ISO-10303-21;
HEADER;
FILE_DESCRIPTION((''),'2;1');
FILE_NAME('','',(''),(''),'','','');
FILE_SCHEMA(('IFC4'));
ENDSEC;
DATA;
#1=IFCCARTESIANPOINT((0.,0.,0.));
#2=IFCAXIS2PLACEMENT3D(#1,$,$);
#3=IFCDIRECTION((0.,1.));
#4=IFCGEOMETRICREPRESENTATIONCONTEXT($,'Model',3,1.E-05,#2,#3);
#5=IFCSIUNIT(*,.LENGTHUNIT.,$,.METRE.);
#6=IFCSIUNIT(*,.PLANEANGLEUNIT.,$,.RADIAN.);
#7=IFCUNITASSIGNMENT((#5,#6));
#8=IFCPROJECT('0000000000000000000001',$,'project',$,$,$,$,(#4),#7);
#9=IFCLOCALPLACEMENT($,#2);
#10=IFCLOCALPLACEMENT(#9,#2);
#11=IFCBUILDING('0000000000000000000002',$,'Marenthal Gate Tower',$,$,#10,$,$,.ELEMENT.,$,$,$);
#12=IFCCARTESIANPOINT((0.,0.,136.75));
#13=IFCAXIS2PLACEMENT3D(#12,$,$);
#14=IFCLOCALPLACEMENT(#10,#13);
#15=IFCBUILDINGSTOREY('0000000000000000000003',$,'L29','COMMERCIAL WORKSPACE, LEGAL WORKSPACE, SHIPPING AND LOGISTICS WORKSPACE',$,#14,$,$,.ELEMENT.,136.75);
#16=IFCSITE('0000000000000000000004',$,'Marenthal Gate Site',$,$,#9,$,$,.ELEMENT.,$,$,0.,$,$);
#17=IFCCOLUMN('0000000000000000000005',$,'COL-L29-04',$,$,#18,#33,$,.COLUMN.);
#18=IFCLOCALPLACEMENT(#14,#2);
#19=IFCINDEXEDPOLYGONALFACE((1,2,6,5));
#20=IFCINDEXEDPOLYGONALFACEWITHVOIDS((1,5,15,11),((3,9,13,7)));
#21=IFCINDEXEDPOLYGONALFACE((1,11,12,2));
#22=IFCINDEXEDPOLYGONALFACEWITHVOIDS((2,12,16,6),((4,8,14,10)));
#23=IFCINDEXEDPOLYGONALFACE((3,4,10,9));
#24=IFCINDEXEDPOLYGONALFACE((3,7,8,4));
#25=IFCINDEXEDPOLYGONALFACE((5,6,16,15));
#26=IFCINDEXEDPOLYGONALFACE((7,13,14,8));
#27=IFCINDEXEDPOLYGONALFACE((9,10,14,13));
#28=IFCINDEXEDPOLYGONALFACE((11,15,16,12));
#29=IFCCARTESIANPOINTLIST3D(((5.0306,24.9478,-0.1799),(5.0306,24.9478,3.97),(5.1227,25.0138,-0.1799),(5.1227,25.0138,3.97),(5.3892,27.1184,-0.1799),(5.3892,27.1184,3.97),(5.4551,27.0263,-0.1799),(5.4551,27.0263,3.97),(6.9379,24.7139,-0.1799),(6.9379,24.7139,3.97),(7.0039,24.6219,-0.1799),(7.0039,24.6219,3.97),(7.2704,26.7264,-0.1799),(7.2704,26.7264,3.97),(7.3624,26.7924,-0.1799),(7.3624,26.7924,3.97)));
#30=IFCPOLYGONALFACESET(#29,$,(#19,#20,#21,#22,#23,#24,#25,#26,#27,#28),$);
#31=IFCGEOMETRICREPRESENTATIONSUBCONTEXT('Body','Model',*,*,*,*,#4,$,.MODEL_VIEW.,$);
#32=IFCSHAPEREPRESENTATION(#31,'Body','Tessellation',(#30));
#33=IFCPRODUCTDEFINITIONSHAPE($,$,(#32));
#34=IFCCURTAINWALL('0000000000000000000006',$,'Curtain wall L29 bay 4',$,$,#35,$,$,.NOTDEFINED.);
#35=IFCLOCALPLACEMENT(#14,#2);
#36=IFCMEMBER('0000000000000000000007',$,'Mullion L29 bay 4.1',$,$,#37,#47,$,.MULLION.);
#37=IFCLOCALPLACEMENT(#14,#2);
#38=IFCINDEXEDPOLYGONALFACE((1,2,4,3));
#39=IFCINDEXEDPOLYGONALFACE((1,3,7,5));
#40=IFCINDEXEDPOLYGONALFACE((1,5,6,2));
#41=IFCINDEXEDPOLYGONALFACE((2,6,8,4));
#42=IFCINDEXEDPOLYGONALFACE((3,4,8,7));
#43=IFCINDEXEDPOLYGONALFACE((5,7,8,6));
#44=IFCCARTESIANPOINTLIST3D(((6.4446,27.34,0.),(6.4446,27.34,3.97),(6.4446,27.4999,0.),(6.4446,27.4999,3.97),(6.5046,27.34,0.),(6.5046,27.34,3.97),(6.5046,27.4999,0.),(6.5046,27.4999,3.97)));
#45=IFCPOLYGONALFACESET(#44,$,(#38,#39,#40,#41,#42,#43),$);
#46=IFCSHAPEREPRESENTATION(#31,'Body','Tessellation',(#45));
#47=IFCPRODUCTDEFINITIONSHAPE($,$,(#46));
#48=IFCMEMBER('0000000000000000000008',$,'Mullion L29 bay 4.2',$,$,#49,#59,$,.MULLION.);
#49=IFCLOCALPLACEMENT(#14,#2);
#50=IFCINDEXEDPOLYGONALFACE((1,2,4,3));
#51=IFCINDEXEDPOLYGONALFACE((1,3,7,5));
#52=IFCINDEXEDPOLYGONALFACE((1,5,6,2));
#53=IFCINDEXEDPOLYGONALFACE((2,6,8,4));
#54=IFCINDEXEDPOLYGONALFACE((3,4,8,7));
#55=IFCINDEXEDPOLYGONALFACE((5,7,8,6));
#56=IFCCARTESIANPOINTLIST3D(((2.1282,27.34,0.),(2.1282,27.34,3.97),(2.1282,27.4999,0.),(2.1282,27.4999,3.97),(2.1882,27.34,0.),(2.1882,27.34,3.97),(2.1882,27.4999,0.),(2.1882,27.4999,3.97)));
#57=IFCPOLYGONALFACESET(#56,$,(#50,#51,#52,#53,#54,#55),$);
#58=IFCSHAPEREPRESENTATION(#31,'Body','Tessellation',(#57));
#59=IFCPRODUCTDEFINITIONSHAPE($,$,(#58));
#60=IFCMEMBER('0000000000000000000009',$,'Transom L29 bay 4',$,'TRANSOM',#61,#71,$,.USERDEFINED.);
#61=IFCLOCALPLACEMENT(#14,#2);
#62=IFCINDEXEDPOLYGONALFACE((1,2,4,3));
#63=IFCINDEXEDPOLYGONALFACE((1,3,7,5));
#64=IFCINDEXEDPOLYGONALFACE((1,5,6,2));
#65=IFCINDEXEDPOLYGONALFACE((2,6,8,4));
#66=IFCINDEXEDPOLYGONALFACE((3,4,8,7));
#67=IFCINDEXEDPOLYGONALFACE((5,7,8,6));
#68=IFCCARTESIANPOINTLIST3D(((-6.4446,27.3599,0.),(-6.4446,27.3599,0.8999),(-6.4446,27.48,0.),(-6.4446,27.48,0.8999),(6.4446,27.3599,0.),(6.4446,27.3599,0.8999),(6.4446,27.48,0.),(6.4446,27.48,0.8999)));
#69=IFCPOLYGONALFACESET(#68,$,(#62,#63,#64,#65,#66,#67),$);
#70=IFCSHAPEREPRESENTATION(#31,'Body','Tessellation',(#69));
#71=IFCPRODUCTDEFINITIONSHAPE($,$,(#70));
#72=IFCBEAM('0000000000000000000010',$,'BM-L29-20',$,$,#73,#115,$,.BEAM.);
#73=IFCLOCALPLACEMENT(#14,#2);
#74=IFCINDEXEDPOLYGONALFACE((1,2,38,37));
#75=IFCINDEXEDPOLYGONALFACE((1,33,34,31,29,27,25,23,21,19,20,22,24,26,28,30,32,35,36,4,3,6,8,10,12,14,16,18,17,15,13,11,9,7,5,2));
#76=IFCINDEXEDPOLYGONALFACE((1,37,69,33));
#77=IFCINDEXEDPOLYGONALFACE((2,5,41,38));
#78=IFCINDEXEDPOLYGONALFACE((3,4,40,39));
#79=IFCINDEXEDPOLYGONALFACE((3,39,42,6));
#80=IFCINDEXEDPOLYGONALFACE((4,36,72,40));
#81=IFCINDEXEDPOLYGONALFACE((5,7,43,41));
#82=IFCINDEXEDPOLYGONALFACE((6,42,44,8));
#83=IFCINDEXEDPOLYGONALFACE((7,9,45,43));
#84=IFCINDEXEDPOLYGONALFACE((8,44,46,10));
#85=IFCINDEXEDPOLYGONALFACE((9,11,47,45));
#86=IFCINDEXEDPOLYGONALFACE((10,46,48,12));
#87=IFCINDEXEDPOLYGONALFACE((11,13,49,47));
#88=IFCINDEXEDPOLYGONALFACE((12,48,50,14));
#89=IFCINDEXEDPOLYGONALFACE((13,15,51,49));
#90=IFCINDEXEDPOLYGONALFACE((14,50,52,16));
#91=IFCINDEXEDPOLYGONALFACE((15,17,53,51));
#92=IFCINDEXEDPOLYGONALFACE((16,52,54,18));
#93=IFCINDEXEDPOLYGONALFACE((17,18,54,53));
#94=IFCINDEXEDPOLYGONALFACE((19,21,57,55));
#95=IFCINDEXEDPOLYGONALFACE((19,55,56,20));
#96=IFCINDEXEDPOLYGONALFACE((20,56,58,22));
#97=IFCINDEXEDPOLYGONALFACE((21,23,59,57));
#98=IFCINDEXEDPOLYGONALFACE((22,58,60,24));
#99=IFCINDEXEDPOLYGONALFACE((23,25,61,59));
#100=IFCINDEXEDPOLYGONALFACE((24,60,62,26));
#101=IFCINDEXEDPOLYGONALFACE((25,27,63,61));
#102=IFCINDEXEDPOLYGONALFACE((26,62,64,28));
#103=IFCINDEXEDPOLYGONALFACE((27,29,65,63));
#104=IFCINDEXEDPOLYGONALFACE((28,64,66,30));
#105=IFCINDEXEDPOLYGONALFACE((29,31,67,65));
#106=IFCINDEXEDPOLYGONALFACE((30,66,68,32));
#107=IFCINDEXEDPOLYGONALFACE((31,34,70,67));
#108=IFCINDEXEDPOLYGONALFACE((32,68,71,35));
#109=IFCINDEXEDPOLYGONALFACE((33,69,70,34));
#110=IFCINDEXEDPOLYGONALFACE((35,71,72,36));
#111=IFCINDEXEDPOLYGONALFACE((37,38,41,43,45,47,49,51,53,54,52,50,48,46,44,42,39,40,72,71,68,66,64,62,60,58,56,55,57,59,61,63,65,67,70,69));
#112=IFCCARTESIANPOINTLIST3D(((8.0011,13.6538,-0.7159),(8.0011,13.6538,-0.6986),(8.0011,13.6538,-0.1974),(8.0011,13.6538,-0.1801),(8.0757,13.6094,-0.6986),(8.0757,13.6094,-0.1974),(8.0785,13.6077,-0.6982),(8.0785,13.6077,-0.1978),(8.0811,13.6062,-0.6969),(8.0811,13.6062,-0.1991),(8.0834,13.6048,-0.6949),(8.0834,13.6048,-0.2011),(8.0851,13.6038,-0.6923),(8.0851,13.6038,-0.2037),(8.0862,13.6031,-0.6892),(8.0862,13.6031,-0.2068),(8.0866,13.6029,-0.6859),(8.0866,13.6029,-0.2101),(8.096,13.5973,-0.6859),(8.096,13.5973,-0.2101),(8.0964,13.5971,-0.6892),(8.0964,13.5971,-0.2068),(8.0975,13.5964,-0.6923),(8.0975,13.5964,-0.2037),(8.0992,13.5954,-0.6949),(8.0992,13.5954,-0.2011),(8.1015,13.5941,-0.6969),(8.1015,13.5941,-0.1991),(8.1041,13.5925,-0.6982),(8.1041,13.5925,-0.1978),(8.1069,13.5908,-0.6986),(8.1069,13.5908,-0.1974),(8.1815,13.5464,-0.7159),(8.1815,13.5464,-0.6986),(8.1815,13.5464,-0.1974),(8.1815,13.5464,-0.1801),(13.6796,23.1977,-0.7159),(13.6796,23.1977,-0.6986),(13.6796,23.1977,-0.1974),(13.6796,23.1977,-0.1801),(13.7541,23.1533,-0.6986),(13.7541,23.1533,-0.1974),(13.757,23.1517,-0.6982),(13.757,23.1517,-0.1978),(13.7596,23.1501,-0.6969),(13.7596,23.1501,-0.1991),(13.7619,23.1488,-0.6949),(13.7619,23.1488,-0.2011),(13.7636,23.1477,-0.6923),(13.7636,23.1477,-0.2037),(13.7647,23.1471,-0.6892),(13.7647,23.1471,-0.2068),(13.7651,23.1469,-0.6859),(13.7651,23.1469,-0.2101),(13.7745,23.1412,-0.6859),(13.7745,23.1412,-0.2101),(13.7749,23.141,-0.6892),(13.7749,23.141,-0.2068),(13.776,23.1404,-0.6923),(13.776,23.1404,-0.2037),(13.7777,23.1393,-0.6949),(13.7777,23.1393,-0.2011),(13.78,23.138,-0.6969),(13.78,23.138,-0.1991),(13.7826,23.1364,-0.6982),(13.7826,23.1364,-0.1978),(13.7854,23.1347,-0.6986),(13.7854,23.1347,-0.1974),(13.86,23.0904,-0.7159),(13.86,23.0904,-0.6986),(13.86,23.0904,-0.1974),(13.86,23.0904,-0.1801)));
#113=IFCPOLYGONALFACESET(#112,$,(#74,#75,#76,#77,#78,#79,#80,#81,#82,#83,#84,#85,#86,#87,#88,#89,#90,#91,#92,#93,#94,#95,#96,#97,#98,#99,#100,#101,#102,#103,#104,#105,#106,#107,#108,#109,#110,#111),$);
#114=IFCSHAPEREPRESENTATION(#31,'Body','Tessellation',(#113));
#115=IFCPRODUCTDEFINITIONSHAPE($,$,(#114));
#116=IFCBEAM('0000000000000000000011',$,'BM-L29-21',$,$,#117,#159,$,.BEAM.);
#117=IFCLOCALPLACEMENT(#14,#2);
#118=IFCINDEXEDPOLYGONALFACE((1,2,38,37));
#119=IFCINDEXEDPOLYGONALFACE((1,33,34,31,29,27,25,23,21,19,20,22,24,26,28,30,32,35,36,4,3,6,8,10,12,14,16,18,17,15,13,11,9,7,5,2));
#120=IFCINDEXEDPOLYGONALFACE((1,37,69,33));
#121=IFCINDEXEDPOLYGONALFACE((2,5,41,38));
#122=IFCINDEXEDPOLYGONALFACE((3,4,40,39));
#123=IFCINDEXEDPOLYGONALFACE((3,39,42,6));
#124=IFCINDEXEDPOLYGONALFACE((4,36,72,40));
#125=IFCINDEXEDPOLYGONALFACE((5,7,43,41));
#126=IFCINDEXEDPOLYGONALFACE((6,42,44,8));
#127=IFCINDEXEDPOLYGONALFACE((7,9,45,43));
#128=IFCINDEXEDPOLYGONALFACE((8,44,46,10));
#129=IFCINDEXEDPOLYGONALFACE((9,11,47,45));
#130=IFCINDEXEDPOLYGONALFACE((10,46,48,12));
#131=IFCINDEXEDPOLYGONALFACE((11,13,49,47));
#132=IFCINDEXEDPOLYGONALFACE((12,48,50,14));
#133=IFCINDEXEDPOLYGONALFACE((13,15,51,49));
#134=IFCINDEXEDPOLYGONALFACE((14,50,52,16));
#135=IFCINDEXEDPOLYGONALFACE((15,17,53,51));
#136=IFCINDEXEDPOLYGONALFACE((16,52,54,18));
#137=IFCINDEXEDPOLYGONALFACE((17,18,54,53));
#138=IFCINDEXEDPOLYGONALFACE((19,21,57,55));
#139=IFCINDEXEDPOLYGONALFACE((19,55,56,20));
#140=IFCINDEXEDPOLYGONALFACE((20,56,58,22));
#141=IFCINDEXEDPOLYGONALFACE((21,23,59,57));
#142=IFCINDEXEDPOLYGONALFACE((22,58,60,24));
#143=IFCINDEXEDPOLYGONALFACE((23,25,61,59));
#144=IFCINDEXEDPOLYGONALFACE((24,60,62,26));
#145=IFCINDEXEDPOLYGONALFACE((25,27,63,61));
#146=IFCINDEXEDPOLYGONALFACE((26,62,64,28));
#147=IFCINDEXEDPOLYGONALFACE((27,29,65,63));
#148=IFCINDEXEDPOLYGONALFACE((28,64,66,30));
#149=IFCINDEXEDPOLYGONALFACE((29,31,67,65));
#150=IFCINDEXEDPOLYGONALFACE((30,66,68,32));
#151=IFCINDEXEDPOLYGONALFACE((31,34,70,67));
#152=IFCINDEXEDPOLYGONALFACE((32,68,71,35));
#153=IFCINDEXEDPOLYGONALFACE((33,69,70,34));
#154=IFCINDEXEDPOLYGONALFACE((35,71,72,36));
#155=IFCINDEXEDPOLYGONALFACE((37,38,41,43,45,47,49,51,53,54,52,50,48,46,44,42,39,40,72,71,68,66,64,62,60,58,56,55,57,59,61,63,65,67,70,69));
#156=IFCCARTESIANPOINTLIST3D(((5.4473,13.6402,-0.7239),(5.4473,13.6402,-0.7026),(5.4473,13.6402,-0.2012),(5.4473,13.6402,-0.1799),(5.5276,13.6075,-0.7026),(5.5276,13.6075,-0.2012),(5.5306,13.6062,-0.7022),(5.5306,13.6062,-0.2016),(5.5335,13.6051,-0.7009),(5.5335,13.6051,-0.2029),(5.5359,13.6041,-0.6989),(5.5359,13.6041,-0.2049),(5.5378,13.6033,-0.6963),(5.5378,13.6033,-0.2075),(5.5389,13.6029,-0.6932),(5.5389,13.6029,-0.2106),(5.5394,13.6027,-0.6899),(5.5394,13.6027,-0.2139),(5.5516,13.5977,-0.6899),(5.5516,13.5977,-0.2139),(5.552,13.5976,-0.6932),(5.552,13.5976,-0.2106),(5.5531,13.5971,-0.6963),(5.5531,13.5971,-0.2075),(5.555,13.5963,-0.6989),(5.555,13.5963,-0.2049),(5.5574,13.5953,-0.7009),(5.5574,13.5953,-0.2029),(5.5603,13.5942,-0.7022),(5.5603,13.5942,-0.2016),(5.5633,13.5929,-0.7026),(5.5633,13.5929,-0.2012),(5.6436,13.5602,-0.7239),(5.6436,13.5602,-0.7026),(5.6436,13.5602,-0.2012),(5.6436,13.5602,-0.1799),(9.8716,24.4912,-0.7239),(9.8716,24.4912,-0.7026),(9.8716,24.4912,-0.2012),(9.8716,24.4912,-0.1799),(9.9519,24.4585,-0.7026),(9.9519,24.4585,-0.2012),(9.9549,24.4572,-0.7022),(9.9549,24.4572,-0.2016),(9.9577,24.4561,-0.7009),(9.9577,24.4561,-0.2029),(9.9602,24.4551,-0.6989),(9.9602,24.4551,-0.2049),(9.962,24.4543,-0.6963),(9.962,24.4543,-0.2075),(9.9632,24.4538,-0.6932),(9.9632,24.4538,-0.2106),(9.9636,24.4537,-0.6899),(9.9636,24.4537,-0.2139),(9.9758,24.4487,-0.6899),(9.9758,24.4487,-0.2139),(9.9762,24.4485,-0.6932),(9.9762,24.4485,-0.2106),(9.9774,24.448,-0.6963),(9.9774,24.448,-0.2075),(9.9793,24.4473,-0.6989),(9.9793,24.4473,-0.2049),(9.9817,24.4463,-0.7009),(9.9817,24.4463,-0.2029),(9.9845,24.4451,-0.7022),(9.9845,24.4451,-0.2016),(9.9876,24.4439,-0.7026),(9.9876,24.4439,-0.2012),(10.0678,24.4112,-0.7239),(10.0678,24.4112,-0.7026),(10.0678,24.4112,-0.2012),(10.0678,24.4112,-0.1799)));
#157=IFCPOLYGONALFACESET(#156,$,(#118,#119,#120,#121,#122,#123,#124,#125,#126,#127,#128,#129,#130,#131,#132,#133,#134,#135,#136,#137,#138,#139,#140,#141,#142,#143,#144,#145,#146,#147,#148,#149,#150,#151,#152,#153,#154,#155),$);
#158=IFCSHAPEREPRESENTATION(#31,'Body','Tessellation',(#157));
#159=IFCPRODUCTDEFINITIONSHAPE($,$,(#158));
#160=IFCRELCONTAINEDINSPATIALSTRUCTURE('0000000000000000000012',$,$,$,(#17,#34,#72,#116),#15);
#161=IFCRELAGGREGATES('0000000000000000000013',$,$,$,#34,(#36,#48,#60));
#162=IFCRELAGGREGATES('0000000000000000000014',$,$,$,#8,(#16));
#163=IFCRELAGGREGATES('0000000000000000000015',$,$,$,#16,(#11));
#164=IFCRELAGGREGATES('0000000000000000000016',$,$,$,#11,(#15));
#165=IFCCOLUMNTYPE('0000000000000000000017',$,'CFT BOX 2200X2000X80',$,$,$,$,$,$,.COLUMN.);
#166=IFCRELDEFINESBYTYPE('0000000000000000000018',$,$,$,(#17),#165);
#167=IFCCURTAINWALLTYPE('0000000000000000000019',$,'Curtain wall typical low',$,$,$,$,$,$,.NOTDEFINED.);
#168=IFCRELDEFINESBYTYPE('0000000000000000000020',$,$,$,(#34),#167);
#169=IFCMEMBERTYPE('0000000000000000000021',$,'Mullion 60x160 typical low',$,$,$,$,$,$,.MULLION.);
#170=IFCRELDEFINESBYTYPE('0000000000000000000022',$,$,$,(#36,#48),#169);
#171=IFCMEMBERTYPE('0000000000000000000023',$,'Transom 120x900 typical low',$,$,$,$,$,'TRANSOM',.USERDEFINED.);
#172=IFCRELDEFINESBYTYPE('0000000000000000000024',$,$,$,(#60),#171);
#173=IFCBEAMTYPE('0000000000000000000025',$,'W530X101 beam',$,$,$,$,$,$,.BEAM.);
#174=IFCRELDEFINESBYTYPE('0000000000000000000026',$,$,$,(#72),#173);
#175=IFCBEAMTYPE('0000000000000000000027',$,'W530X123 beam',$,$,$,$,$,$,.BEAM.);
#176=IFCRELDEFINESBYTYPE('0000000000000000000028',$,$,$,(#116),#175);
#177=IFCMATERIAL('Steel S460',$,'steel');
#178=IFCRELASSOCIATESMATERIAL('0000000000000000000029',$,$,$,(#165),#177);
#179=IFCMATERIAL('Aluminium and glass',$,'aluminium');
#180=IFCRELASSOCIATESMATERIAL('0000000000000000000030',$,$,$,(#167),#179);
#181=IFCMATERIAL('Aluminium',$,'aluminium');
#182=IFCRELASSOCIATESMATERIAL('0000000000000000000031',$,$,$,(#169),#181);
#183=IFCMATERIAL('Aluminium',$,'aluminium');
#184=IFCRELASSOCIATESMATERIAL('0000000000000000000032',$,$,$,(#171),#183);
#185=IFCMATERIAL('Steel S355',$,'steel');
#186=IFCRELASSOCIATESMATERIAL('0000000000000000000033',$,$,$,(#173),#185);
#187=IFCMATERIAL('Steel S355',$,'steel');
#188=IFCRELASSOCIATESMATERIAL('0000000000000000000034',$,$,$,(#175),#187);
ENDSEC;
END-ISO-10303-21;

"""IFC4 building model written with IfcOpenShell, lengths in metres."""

from ifc_helpers import new_model, si_unit, direction, frame, origin, origin_2d, place, context, subcontext, project, spatial, rectangle, hollow_rectangle, i_section, extrude, material, material_profile, profile_set, type_object, element, aggregate, save


model = new_model("IFC4")

# Units and contexts
model_context = context("Model", 3, precision=1e-05, world=origin(), true_north=direction((0.0, 1.0)))
body_context = subcontext(model_context, "Body", "Model", "MODEL_VIEW")
ifc_project = project(units=[si_unit("LENGTHUNIT", "METRE"), si_unit("PLANEANGLEUNIT", "RADIAN")], contexts=[model_context])

# Site, building, storey
site_placement = place(None, origin())
site = spatial("IfcSite", under=ifc_project, at=site_placement, Name="Marenthal Gate Site", CompositionType="ELEMENT", RefElevation=0.0)
building_placement = place(site_placement, origin())
building = spatial("IfcBuilding", under=site, at=building_placement, Name="Marenthal Gate Tower", CompositionType="ELEMENT")
storey_placement = place(building_placement, frame((0.0, 0.0, 136.75)))
storey = spatial("IfcBuildingStorey", under=building, at=storey_placement, Name="L29", Description="COMMERCIAL WORKSPACE, LEGAL WORKSPACE, SHIPPING AND LOGISTICS WORKSPACE", CompositionType="ELEMENT", Elevation=136.75)

# Column
ifc_material_1 = material(Name="Steel S460", Category="steel")
ifc_material_profile_1 = material_profile(ifc_material_1, hollow_rectangle(XDim=2.0, YDim=2.2, WallThickness=0.0801, at=origin_2d()), Name="CFT BOX 2200X2000X80")
ifc_material_2 = material(Name="Concrete 70 MPa", Category="concrete")
ifc_material_profile_2 = material_profile(ifc_material_2, rectangle(XDim=1.8401, YDim=2.04, at=origin_2d()), Name="CFT BOX 2200X2000X80 INFILL")
ifc_profile_set_1 = profile_set([ifc_material_profile_1, ifc_material_profile_2], Name="Steel S460 shell, Concrete 70 MPa infill")
column_type = type_object("IfcColumnType", Name="CFT BOX 2200X2000X80", PredefinedType="COLUMN", material=ifc_profile_set_1)
column_placement = place(storey_placement, frame((6.1965, 25.8701, -0.1799), z_axis=(0.0, 0.0, 1.0), x_axis=(0.986629, -0.16298, 0.0)))
element("IfcColumn", 1, at=column_placement, inside=storey, type_object=column_type, Name="COL-L29-04", PredefinedType="COLUMN", context=body_context, shape_type="SweptSolid", body=[
    extrude(hollow_rectangle(XDim=2.0, YDim=2.2, WallThickness=0.0801, at=origin_2d()), origin(), (0.0, 0.0, 1.0), 4.1499),
])

# Curtain wall, members
ifc_material_3 = material(Name="Aluminium and glass", Category="aluminium")
curtain_wall_type = type_object("IfcCurtainWallType", Name="Curtain wall typical low", PredefinedType="NOTDEFINED", material=ifc_material_3)
curtain_wall_placement = place(storey_placement, origin())
curtain_wall = element("IfcCurtainWall", 2, at=curtain_wall_placement, inside=storey, type_object=curtain_wall_type, Name="Curtain wall L29 bay 4", PredefinedType="NOTDEFINED")
ifc_material_4 = material(Name="Aluminium", Category="aluminium")
ifc_material_profile_3 = material_profile(ifc_material_4, rectangle(XDim=0.1599, YDim=0.0601, at=origin_2d()), Name="60x160 aluminium mullion")
ifc_profile_set_2 = profile_set([ifc_material_profile_3], Name="Aluminium")
member_type_1 = type_object("IfcMemberType", Name="Mullion 60x160 typical low", PredefinedType="MULLION", material=ifc_profile_set_2)
member_1_placement = place(storey_placement, frame((6.4746, 27.4199, 0.0), z_axis=(0.0, 0.0, 1.0), x_axis=(0.0, -1.0, 0.0)))
member_1 = element("IfcMember", 3, at=member_1_placement, type_object=member_type_1, Name="Mullion L29 bay 4.1", PredefinedType="MULLION", context=body_context, shape_type="SweptSolid", body=[
    extrude(rectangle(XDim=0.1599, YDim=0.0601, at=origin_2d()), origin(), (0.0, 0.0, 1.0), 3.97),
])
member_2_placement = place(storey_placement, frame((2.1582, 27.4199, 0.0), z_axis=(0.0, 0.0, 1.0), x_axis=(0.0, -1.0, 0.0)))
member_2 = element("IfcMember", 4, at=member_2_placement, type_object=member_type_1, Name="Mullion L29 bay 4.2", PredefinedType="MULLION", context=body_context, shape_type="SweptSolid", body=[
    extrude(rectangle(XDim=0.1599, YDim=0.0601, at=origin_2d()), origin(), (0.0, 0.0, 1.0), 3.97),
])
ifc_material_5 = material(Name="Aluminium", Category="aluminium")
ifc_material_profile_4 = material_profile(ifc_material_5, rectangle(XDim=0.1201, YDim=0.8999, at=origin_2d()), Name="120x900 aluminium transom")
ifc_profile_set_3 = profile_set([ifc_material_profile_4], Name="Aluminium")
member_type_2 = type_object("IfcMemberType", Name="Transom 120x900 typical low", ElementType="TRANSOM", PredefinedType="USERDEFINED", material=ifc_profile_set_3)
member_3_placement = place(storey_placement, frame((6.4446, 27.4199, 0.45), z_axis=(-1.0, 0.0, 0.0), x_axis=(0.0, -1.0, 0.0)))
member_3 = element("IfcMember", 5, at=member_3_placement, type_object=member_type_2, Name="Transom L29 bay 4", ObjectType="TRANSOM", PredefinedType="USERDEFINED", context=body_context, shape_type="SweptSolid", body=[
    extrude(rectangle(XDim=0.1201, YDim=0.8999, at=origin_2d()), origin(), (0.0, 0.0, 1.0), 12.8892),
])

# Beams
ifc_material_6 = material(Name="Steel S355", Category="steel")
ifc_material_profile_5 = material_profile(ifc_material_6, i_section(OverallWidth=0.21, OverallDepth=0.5359, WebThickness=0.011, FlangeThickness=0.0173, FilletRadius=0.0127, at=origin_2d()), Name="W530X101")
ifc_profile_set_4 = profile_set([ifc_material_profile_5], Name="Steel S355")
beam_type_1 = type_object("IfcBeamType", Name="W530X101 beam", PredefinedType="BEAM", material=ifc_profile_set_4)
beam_1_placement = place(storey_placement, frame((13.7698, 23.144, -0.448), z_axis=(-0.511321, -0.85939, 0.0), x_axis=(0.85939, -0.511321, 0.0)))
element("IfcBeam", 6, at=beam_1_placement, inside=storey, type_object=beam_type_1, Name="BM-L29-20", PredefinedType="BEAM", context=body_context, shape_type="SweptSolid", body=[
    extrude(i_section(OverallWidth=0.21, OverallDepth=0.5359, WebThickness=0.011, FlangeThickness=0.0173, FilletRadius=0.0127, at=origin_2d()), origin(), (0.0, 0.0, 1.0), 11.1055),
])
ifc_material_7 = material(Name="Steel S355", Category="steel")
ifc_material_profile_6 = material_profile(ifc_material_7, i_section(OverallWidth=0.2119, OverallDepth=0.5439, WebThickness=0.0132, FlangeThickness=0.0212, FilletRadius=0.0127, at=origin_2d()), Name="W530X123")
ifc_profile_set_5 = profile_set([ifc_material_profile_6], Name="Steel S355")
beam_type_2 = type_object("IfcBeamType", Name="W530X123 beam", PredefinedType="BEAM", material=ifc_profile_set_5)
beam_2_placement = place(storey_placement, frame((9.9697, 24.4512, -0.4519), z_axis=(-0.377554, -0.925988, 0.0), x_axis=(0.925988, -0.377554, 0.0)))
element("IfcBeam", 7, at=beam_2_placement, inside=storey, type_object=beam_type_2, Name="BM-L29-21", PredefinedType="BEAM", context=body_context, shape_type="SweptSolid", body=[
    extrude(i_section(OverallWidth=0.2119, OverallDepth=0.5439, WebThickness=0.0132, FlangeThickness=0.0212, FilletRadius=0.0127, at=origin_2d()), origin(), (0.0, 0.0, 1.0), 11.7183),
])

aggregate(curtain_wall, [member_1, member_2, member_3])

save(model, "model.ifc")
